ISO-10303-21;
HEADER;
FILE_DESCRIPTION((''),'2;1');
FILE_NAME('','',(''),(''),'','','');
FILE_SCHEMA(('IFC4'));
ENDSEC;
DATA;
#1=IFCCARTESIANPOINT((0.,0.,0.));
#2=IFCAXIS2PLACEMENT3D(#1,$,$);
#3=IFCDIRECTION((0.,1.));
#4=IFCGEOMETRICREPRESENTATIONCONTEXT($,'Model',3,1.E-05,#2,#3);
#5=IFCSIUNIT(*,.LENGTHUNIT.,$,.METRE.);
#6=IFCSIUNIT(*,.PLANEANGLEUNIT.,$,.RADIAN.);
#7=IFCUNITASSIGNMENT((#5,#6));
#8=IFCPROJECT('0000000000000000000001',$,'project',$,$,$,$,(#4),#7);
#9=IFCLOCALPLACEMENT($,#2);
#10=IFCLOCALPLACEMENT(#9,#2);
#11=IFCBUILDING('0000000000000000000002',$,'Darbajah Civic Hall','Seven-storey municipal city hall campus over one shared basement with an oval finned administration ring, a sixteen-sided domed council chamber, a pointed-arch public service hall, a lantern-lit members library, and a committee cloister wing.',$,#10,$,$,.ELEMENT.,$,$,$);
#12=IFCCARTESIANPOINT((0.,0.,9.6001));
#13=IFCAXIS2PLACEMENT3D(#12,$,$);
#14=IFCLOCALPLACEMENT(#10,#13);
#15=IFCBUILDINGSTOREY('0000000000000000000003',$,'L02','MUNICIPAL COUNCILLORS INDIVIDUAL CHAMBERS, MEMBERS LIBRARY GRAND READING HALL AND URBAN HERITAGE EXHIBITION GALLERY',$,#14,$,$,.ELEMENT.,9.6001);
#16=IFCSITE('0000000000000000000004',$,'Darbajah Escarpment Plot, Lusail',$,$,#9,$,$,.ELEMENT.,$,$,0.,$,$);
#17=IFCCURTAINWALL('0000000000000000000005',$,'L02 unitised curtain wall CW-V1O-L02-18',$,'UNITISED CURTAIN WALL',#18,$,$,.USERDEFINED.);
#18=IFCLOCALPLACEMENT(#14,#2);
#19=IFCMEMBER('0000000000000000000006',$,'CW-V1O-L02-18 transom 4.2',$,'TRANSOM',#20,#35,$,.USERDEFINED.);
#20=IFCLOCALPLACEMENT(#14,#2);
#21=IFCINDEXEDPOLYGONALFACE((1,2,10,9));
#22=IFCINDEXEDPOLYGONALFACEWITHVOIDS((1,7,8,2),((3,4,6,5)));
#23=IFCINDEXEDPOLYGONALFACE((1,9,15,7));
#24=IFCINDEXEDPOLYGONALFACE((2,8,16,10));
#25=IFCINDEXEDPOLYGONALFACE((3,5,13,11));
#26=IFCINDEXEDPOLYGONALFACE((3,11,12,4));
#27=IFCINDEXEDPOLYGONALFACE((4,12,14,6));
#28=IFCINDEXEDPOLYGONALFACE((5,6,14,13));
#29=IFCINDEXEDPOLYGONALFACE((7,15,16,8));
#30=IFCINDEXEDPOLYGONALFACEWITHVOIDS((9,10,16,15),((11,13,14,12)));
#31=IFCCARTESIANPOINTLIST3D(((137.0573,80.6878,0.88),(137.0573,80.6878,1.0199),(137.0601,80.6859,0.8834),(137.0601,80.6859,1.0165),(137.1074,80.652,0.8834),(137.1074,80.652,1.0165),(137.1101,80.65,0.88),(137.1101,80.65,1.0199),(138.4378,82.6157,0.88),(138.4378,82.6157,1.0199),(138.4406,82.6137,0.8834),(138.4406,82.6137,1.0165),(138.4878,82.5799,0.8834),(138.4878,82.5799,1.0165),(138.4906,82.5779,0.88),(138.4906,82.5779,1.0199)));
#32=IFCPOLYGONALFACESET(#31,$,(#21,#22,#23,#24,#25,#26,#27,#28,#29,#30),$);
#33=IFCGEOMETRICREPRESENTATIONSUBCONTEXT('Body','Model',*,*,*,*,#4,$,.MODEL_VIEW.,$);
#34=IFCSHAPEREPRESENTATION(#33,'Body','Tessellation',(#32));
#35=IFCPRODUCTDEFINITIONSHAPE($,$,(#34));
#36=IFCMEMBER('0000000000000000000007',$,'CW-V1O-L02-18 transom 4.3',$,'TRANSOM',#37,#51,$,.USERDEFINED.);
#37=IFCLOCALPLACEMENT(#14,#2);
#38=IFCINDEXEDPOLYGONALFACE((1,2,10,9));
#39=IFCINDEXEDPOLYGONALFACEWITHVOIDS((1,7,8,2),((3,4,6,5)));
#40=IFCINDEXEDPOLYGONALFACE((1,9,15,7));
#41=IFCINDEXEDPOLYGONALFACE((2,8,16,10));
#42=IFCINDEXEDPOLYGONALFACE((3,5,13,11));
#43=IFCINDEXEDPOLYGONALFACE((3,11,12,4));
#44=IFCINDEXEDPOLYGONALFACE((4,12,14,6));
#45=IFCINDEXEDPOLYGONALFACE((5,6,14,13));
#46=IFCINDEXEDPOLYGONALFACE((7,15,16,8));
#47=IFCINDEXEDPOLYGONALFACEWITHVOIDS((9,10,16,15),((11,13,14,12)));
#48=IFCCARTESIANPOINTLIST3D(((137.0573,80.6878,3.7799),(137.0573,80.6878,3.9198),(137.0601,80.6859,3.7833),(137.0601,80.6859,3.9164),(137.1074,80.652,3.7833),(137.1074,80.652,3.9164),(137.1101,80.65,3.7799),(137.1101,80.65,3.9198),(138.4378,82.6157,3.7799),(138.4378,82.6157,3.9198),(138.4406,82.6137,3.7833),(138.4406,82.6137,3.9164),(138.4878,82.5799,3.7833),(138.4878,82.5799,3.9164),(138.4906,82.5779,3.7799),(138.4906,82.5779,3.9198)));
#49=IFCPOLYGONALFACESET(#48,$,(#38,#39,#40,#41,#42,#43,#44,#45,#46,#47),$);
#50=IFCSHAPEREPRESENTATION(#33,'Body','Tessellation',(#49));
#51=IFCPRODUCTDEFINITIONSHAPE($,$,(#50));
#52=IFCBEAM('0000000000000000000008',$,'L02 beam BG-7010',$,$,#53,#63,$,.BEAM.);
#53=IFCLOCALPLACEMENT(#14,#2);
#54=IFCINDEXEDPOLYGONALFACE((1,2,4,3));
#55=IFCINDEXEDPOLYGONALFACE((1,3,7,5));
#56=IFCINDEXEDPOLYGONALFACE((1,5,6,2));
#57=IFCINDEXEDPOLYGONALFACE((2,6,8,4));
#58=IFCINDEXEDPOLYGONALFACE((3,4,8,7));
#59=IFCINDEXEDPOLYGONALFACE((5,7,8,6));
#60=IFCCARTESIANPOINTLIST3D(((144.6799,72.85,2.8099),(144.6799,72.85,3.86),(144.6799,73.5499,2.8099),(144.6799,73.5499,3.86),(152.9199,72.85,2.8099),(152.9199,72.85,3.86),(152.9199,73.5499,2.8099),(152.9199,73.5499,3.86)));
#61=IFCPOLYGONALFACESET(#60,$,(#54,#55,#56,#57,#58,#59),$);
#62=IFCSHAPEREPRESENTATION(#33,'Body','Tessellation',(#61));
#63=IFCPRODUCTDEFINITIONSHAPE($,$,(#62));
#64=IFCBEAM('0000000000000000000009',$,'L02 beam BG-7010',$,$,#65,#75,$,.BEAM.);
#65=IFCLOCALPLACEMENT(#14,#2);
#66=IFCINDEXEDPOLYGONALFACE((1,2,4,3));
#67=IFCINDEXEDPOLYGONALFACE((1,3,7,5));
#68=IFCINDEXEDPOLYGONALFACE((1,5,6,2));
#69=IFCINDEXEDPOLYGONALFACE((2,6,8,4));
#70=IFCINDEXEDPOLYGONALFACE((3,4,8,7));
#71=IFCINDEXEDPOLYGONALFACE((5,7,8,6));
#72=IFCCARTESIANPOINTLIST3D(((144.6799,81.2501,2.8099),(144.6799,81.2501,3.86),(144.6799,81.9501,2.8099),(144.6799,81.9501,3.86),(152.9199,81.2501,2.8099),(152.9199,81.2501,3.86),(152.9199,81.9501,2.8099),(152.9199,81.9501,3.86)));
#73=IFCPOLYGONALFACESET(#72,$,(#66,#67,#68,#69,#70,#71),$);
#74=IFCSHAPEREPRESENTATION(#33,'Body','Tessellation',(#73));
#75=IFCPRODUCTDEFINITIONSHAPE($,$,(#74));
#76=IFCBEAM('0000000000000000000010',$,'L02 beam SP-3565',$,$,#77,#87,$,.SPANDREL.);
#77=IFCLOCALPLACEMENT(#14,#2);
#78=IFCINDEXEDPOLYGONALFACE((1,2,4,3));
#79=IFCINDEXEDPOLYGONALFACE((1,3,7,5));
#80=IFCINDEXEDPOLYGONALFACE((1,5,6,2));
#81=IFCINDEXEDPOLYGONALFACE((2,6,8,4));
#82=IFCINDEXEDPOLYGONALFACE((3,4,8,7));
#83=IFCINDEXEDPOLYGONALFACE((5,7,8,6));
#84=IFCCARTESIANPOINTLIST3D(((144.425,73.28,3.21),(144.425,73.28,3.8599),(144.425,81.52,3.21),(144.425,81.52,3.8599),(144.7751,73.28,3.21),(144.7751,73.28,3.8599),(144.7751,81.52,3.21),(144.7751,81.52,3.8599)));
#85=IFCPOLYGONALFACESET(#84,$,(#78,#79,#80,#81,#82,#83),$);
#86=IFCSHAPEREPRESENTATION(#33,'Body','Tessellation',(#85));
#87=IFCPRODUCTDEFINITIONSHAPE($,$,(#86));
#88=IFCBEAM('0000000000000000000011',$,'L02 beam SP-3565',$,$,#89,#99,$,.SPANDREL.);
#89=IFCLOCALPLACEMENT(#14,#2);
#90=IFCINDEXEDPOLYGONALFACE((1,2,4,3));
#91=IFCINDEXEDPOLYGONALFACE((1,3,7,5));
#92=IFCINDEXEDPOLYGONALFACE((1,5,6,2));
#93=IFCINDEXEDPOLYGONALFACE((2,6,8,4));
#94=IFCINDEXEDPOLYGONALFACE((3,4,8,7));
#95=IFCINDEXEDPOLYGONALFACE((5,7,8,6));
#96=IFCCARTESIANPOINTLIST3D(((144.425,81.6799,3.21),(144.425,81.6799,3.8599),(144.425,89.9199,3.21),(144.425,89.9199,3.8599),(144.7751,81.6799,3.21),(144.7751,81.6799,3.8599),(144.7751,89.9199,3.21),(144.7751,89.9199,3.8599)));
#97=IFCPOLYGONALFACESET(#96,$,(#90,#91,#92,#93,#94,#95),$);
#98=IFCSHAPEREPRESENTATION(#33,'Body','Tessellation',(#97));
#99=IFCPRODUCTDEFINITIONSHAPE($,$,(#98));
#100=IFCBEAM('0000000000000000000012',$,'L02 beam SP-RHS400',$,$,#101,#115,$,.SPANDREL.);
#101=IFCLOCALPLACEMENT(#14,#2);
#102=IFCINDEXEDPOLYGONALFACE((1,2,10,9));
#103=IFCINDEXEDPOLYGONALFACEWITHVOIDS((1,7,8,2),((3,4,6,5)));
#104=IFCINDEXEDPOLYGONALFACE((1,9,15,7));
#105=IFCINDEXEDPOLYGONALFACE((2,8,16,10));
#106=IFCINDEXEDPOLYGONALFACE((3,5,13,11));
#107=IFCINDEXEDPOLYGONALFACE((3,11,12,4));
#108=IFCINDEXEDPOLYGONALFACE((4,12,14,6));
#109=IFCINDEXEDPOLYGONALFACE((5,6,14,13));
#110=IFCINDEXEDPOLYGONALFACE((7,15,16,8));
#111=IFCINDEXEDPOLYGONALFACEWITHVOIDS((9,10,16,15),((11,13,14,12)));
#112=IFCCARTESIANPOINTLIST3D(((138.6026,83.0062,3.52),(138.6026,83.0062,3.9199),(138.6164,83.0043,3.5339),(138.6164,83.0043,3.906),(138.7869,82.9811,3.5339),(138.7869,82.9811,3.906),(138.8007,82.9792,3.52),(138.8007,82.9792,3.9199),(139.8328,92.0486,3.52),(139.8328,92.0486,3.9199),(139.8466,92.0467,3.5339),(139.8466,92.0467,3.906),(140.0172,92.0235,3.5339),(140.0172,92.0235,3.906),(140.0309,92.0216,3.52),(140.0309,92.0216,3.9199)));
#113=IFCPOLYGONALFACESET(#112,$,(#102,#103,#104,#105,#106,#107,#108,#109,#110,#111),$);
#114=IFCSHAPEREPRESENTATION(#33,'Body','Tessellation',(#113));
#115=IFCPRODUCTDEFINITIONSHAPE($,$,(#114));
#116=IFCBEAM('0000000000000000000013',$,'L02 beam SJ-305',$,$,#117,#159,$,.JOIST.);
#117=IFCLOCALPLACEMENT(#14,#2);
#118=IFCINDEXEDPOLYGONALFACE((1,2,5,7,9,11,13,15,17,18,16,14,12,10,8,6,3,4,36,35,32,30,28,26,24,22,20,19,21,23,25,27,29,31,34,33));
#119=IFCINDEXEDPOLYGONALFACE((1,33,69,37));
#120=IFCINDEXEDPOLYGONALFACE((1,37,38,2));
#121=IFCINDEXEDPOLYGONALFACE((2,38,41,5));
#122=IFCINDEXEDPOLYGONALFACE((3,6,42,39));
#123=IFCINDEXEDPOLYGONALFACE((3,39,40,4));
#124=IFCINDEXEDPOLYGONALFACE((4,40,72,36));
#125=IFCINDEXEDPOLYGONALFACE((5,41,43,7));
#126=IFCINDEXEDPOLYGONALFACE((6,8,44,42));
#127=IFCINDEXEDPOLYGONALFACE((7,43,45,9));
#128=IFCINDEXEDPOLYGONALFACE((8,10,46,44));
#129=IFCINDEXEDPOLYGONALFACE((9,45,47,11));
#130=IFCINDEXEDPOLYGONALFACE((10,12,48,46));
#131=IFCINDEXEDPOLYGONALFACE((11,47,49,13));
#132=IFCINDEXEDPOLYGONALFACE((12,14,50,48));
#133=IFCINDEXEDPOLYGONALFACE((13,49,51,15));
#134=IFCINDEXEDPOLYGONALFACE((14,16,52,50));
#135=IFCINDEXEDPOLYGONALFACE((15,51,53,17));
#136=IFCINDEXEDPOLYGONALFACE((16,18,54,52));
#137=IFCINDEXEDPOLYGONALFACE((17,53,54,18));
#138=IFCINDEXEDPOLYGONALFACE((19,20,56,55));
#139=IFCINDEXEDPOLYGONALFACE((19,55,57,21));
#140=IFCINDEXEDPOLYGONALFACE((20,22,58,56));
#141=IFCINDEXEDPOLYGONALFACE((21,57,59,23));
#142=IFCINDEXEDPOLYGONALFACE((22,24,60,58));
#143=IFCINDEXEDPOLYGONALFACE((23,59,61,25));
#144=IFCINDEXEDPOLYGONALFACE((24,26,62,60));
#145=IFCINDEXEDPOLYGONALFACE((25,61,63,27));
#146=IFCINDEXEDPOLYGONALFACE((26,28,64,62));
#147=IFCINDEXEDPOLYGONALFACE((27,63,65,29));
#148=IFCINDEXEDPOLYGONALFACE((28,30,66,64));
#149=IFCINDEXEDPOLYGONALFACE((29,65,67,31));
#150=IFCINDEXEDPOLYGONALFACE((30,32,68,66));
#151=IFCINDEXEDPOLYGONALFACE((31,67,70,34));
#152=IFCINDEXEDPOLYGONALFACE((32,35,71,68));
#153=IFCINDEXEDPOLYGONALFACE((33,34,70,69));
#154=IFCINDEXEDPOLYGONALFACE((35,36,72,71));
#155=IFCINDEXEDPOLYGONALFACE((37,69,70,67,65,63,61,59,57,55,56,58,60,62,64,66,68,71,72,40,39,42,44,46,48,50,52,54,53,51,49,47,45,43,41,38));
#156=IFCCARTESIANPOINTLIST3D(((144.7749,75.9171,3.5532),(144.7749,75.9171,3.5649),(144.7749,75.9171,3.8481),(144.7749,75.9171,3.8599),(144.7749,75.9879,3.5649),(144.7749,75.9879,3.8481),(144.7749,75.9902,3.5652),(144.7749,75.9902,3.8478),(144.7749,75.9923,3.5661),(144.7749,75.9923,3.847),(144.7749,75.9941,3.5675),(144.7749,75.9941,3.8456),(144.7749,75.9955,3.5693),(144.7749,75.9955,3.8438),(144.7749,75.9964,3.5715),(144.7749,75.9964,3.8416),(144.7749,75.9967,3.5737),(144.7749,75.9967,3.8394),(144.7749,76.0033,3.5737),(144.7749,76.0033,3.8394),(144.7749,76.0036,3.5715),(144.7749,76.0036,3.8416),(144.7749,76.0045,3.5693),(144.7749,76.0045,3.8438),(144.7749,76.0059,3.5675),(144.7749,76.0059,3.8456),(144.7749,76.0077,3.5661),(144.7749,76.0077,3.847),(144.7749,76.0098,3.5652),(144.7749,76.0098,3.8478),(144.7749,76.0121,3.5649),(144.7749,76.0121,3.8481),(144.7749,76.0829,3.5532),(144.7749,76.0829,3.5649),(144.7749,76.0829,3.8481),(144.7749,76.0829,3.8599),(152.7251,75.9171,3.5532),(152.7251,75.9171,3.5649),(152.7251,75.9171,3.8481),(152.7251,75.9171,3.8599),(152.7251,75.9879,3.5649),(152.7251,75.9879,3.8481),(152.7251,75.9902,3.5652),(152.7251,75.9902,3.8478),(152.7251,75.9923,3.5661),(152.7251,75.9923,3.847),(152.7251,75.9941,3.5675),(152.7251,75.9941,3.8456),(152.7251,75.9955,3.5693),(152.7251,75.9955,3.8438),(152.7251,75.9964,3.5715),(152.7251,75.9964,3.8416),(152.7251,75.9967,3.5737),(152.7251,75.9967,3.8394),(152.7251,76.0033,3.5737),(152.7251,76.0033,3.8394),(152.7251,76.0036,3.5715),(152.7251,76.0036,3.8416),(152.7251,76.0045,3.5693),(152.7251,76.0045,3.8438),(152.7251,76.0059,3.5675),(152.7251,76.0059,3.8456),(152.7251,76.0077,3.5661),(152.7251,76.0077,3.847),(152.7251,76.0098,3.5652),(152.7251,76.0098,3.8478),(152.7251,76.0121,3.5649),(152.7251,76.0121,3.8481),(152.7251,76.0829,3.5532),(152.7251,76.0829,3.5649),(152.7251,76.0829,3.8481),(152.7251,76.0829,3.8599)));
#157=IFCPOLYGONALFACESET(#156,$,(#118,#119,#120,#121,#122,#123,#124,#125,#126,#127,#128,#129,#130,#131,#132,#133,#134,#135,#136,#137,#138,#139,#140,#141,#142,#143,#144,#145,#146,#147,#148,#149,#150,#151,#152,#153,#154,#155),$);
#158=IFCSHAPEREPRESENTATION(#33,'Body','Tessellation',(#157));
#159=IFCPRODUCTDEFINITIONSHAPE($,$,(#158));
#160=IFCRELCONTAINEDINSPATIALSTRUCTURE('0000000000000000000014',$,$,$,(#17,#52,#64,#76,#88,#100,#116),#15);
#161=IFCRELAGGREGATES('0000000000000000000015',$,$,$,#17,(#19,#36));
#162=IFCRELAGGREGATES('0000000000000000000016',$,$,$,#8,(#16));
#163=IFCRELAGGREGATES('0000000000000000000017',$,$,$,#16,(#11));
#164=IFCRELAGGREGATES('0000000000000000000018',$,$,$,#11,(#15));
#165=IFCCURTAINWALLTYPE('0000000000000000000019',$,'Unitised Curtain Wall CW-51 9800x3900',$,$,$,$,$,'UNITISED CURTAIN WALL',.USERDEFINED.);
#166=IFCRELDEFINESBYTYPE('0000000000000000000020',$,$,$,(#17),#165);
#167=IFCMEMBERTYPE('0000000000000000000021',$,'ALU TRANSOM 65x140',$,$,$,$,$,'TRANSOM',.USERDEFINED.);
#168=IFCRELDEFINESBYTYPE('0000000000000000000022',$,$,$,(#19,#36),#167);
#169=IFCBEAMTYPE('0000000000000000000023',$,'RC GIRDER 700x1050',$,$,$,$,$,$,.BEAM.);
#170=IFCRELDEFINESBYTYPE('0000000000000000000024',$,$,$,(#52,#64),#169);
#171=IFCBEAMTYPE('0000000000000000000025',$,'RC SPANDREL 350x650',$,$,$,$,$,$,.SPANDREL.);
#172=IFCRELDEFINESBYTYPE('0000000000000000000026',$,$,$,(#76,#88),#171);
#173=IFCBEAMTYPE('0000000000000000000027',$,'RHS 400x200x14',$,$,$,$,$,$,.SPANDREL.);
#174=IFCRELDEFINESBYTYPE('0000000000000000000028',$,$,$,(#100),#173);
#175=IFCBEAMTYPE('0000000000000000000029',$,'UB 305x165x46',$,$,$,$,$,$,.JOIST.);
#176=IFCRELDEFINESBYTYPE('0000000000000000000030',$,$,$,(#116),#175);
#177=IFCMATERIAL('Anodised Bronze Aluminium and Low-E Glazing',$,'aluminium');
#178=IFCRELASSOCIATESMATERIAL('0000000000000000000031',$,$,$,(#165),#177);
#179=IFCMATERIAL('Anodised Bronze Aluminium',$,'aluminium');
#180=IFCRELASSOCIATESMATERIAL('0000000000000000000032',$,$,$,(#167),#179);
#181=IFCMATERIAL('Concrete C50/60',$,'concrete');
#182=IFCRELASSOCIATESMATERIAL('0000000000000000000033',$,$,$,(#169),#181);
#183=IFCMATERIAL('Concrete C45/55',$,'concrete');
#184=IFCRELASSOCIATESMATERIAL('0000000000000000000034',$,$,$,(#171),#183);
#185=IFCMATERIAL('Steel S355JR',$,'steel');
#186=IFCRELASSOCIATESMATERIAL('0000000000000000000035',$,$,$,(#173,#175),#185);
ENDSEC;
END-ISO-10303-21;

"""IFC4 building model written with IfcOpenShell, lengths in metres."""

from ifc_helpers import new_model, si_unit, direction, frame, origin, origin_2d, place, context, subcontext, project, spatial, rectangle, hollow_rectangle, i_section, extrude, material, material_profile, profile_set, type_object, element, aggregate, save


model = new_model("IFC4")

# Units and contexts
model_context = context("Model", 3, precision=1e-05, world=origin(), true_north=direction((0.0, 1.0)))
body_context = subcontext(model_context, "Body", "Model", "MODEL_VIEW")
ifc_project = project(units=[si_unit("LENGTHUNIT", "METRE"), si_unit("PLANEANGLEUNIT", "RADIAN")], contexts=[model_context])

# Site, building, storey
site_placement = place(None, origin())
site = spatial("IfcSite", under=ifc_project, at=site_placement, Name="Darbajah Escarpment Plot, Lusail", CompositionType="ELEMENT", RefElevation=0.0)
building_placement = place(site_placement, origin())
building = spatial("IfcBuilding", under=site, at=building_placement, Name="Darbajah Civic Hall", Description="Seven-storey municipal city hall campus over one shared basement with an oval finned administration ring, a sixteen-sided domed council chamber, a pointed-arch public service hall, a lantern-lit members library, and a committee cloister wing.", CompositionType="ELEMENT")
storey_placement = place(building_placement, frame((0.0, 0.0, 9.6001)))
storey = spatial("IfcBuildingStorey", under=building, at=storey_placement, Name="L02", Description="MUNICIPAL COUNCILLORS INDIVIDUAL CHAMBERS, MEMBERS LIBRARY GRAND READING HALL AND URBAN HERITAGE EXHIBITION GALLERY", CompositionType="ELEMENT", Elevation=9.6001)

# Shared definitions
ifc_material_1 = material(Name="Concrete C45/55", Category="concrete")

# Shared definitions
ifc_material_2 = material(Name="Anodised Bronze Aluminium and Low-E Glazing", Category="aluminium")
ifc_material_3 = material(Name="Anodised Bronze Aluminium", Category="aluminium")

# Curtain wall
curtain_wall_type_1 = type_object("IfcCurtainWallType", Name="Unitised Curtain Wall CW-51 9800x3900", ElementType="UNITISED CURTAIN WALL", PredefinedType="USERDEFINED", material=ifc_material_2)
curtain_wall_1_placement = place(storey_placement, origin())
curtain_wall_1 = element("IfcCurtainWall", 1, at=curtain_wall_1_placement, inside=storey, type_object=curtain_wall_type_1, Name="L02 unitised curtain wall CW-V1O-L02-18", ObjectType="UNITISED CURTAIN WALL", PredefinedType="USERDEFINED")

# Members
ifc_material_profile_1 = material_profile(ifc_material_3, hollow_rectangle(XDim=0.0649, YDim=0.1399, WallThickness=0.0034, at=origin_2d()), Name="ALU TRANSOM 65x140")
ifc_profile_set_1 = profile_set([ifc_material_profile_1], Name="Anodised Bronze Aluminium")
member_type_1 = type_object("IfcMemberType", Name="ALU TRANSOM 65x140", ElementType="TRANSOM", PredefinedType="USERDEFINED", material=ifc_profile_set_1)
member_1_placement = place(storey_placement, frame((137.0837, 80.6689, 0.95), z_axis=(0.582192, 0.813051, 0.0), x_axis=(-0.813051, 0.582192, 0.0)))
member_1 = element("IfcMember", 2, at=member_1_placement, type_object=member_type_1, Name="CW-V1O-L02-18 transom 4.2", ObjectType="TRANSOM", PredefinedType="USERDEFINED", context=body_context, shape_type="SweptSolid", body=[
    extrude(hollow_rectangle(XDim=0.0649, YDim=0.1399, WallThickness=0.0034, at=origin_2d()), origin(), (0.0, 0.0, 1.0), 2.3711),
])
member_2_placement = place(storey_placement, frame((137.0837, 80.6689, 3.8499), z_axis=(0.582192, 0.813051, 0.0), x_axis=(-0.813051, 0.582192, 0.0)))
member_2 = element("IfcMember", 3, at=member_2_placement, type_object=member_type_1, Name="CW-V1O-L02-18 transom 4.3", ObjectType="TRANSOM", PredefinedType="USERDEFINED", context=body_context, shape_type="SweptSolid", body=[
    extrude(hollow_rectangle(XDim=0.0649, YDim=0.1399, WallThickness=0.0034, at=origin_2d()), origin(), (0.0, 0.0, 1.0), 2.3711),
])

# Beams
ifc_material_4 = material(Name="Concrete C50/60", Category="concrete")
ifc_material_profile_2 = material_profile(ifc_material_4, rectangle(XDim=0.7, YDim=1.05, at=origin_2d()), Name="RC GIRDER 700x1050")
ifc_profile_set_2 = profile_set([ifc_material_profile_2], Name="Concrete C50/60")
beam_type_1 = type_object("IfcBeamType", Name="RC GIRDER 700x1050", PredefinedType="BEAM", material=ifc_profile_set_2)
for number, where, z_axis, x_axis, name in (
    (4, (144.6799, 73.2, 3.335), (1.0, 0.0, 0.0), (0.0, 1.0, 0.0), "L02 beam BG-7010"),
    (5, (144.6799, 81.6001, 3.335), (1.0, 0.0, 0.0), (0.0, 1.0, 0.0), "L02 beam BG-7010"),
):
    element("IfcBeam", number, at=place(storey_placement, frame(where, z_axis=z_axis, x_axis=x_axis)), inside=storey, type_object=beam_type_1, Name=name, PredefinedType="BEAM", context=body_context, shape_type="SweptSolid", body=[
        extrude(rectangle(XDim=0.7, YDim=1.05, at=origin_2d()), origin(), (0.0, 0.0, 1.0), 8.24),
    ])
ifc_material_profile_3 = material_profile(ifc_material_1, rectangle(XDim=0.3501, YDim=0.6499, at=origin_2d()), Name="RC SPANDREL 350x650")
ifc_profile_set_3 = profile_set([ifc_material_profile_3], Name="Concrete C45/55")
beam_type_2 = type_object("IfcBeamType", Name="RC SPANDREL 350x650", PredefinedType="SPANDREL", material=ifc_profile_set_3)
for number, where, z_axis, x_axis, name in (
    (6, (144.6001, 73.28, 3.5349), (0.0, 1.0, 0.0), (-1.0, 0.0, 0.0), "L02 beam SP-3565"),
    (7, (144.6001, 81.6799, 3.5349), (0.0, 1.0, 0.0), (-1.0, 0.0, 0.0), "L02 beam SP-3565"),
):
    element("IfcBeam", number, at=place(storey_placement, frame(where, z_axis=z_axis, x_axis=x_axis)), inside=storey, type_object=beam_type_2, Name=name, PredefinedType="SPANDREL", context=body_context, shape_type="SweptSolid", body=[
        extrude(rectangle(XDim=0.3501, YDim=0.6499, at=origin_2d()), origin(), (0.0, 0.0, 1.0), 8.24),
    ])
ifc_material_5 = material(Name="Steel S355JR", Category="steel")
ifc_material_profile_4 = material_profile(ifc_material_5, hollow_rectangle(XDim=0.2, YDim=0.3999, WallThickness=0.0139, at=origin_2d()), Name="RHS 400x200x14")
ifc_profile_set_4 = profile_set([ifc_material_profile_4], Name="Steel S355JR")
beam_type_3 = type_object("IfcBeamType", Name="RHS 400x200x14", PredefinedType="SPANDREL", material=ifc_profile_set_4)
beam_placement = place(storey_placement, frame((138.7017, 82.9927, 3.72), z_axis=(0.134808, 0.990872, 0.0), x_axis=(-0.990872, 0.134808, 0.0)))
element("IfcBeam", 8, at=beam_placement, inside=storey, type_object=beam_type_3, Name="L02 beam SP-RHS400", PredefinedType="SPANDREL", context=body_context, shape_type="SweptSolid", body=[
    extrude(hollow_rectangle(XDim=0.2, YDim=0.3999, WallThickness=0.0139, at=origin_2d()), origin(), (0.0, 0.0, 1.0), 9.1257),
])
ifc_material_profile_5 = material_profile(ifc_material_5, i_section(OverallWidth=0.1658, OverallDepth=0.3066, WebThickness=0.0066, FlangeThickness=0.0117, FilletRadius=0.0088, at=origin_2d()), Name="UB 305x165x46")
ifc_profile_set_5 = profile_set([ifc_material_profile_5], Name="Steel S355JR")
beam_type_4 = type_object("IfcBeamType", Name="UB 305x165x46", PredefinedType="JOIST", material=ifc_profile_set_5)
for number, where, z_axis, x_axis, name in (
    (9, (144.7749, 76.0, 3.7065), (1.0, 0.0, 0.0), (0.0, 1.0, 0.0), "L02 beam SJ-305"),
):
    element("IfcBeam", number, at=place(storey_placement, frame(where, z_axis=z_axis, x_axis=x_axis)), inside=storey, type_object=beam_type_4, Name=name, PredefinedType="JOIST", context=body_context, shape_type="SweptSolid", body=[
        extrude(i_section(OverallWidth=0.1658, OverallDepth=0.3066, WebThickness=0.0066, FlangeThickness=0.0117, FilletRadius=0.0088, at=origin_2d()), origin(), (0.0, 0.0, 1.0), 7.9502),
    ])

aggregate(curtain_wall_1, [member_1, member_2])

save(model, "model.ifc")
